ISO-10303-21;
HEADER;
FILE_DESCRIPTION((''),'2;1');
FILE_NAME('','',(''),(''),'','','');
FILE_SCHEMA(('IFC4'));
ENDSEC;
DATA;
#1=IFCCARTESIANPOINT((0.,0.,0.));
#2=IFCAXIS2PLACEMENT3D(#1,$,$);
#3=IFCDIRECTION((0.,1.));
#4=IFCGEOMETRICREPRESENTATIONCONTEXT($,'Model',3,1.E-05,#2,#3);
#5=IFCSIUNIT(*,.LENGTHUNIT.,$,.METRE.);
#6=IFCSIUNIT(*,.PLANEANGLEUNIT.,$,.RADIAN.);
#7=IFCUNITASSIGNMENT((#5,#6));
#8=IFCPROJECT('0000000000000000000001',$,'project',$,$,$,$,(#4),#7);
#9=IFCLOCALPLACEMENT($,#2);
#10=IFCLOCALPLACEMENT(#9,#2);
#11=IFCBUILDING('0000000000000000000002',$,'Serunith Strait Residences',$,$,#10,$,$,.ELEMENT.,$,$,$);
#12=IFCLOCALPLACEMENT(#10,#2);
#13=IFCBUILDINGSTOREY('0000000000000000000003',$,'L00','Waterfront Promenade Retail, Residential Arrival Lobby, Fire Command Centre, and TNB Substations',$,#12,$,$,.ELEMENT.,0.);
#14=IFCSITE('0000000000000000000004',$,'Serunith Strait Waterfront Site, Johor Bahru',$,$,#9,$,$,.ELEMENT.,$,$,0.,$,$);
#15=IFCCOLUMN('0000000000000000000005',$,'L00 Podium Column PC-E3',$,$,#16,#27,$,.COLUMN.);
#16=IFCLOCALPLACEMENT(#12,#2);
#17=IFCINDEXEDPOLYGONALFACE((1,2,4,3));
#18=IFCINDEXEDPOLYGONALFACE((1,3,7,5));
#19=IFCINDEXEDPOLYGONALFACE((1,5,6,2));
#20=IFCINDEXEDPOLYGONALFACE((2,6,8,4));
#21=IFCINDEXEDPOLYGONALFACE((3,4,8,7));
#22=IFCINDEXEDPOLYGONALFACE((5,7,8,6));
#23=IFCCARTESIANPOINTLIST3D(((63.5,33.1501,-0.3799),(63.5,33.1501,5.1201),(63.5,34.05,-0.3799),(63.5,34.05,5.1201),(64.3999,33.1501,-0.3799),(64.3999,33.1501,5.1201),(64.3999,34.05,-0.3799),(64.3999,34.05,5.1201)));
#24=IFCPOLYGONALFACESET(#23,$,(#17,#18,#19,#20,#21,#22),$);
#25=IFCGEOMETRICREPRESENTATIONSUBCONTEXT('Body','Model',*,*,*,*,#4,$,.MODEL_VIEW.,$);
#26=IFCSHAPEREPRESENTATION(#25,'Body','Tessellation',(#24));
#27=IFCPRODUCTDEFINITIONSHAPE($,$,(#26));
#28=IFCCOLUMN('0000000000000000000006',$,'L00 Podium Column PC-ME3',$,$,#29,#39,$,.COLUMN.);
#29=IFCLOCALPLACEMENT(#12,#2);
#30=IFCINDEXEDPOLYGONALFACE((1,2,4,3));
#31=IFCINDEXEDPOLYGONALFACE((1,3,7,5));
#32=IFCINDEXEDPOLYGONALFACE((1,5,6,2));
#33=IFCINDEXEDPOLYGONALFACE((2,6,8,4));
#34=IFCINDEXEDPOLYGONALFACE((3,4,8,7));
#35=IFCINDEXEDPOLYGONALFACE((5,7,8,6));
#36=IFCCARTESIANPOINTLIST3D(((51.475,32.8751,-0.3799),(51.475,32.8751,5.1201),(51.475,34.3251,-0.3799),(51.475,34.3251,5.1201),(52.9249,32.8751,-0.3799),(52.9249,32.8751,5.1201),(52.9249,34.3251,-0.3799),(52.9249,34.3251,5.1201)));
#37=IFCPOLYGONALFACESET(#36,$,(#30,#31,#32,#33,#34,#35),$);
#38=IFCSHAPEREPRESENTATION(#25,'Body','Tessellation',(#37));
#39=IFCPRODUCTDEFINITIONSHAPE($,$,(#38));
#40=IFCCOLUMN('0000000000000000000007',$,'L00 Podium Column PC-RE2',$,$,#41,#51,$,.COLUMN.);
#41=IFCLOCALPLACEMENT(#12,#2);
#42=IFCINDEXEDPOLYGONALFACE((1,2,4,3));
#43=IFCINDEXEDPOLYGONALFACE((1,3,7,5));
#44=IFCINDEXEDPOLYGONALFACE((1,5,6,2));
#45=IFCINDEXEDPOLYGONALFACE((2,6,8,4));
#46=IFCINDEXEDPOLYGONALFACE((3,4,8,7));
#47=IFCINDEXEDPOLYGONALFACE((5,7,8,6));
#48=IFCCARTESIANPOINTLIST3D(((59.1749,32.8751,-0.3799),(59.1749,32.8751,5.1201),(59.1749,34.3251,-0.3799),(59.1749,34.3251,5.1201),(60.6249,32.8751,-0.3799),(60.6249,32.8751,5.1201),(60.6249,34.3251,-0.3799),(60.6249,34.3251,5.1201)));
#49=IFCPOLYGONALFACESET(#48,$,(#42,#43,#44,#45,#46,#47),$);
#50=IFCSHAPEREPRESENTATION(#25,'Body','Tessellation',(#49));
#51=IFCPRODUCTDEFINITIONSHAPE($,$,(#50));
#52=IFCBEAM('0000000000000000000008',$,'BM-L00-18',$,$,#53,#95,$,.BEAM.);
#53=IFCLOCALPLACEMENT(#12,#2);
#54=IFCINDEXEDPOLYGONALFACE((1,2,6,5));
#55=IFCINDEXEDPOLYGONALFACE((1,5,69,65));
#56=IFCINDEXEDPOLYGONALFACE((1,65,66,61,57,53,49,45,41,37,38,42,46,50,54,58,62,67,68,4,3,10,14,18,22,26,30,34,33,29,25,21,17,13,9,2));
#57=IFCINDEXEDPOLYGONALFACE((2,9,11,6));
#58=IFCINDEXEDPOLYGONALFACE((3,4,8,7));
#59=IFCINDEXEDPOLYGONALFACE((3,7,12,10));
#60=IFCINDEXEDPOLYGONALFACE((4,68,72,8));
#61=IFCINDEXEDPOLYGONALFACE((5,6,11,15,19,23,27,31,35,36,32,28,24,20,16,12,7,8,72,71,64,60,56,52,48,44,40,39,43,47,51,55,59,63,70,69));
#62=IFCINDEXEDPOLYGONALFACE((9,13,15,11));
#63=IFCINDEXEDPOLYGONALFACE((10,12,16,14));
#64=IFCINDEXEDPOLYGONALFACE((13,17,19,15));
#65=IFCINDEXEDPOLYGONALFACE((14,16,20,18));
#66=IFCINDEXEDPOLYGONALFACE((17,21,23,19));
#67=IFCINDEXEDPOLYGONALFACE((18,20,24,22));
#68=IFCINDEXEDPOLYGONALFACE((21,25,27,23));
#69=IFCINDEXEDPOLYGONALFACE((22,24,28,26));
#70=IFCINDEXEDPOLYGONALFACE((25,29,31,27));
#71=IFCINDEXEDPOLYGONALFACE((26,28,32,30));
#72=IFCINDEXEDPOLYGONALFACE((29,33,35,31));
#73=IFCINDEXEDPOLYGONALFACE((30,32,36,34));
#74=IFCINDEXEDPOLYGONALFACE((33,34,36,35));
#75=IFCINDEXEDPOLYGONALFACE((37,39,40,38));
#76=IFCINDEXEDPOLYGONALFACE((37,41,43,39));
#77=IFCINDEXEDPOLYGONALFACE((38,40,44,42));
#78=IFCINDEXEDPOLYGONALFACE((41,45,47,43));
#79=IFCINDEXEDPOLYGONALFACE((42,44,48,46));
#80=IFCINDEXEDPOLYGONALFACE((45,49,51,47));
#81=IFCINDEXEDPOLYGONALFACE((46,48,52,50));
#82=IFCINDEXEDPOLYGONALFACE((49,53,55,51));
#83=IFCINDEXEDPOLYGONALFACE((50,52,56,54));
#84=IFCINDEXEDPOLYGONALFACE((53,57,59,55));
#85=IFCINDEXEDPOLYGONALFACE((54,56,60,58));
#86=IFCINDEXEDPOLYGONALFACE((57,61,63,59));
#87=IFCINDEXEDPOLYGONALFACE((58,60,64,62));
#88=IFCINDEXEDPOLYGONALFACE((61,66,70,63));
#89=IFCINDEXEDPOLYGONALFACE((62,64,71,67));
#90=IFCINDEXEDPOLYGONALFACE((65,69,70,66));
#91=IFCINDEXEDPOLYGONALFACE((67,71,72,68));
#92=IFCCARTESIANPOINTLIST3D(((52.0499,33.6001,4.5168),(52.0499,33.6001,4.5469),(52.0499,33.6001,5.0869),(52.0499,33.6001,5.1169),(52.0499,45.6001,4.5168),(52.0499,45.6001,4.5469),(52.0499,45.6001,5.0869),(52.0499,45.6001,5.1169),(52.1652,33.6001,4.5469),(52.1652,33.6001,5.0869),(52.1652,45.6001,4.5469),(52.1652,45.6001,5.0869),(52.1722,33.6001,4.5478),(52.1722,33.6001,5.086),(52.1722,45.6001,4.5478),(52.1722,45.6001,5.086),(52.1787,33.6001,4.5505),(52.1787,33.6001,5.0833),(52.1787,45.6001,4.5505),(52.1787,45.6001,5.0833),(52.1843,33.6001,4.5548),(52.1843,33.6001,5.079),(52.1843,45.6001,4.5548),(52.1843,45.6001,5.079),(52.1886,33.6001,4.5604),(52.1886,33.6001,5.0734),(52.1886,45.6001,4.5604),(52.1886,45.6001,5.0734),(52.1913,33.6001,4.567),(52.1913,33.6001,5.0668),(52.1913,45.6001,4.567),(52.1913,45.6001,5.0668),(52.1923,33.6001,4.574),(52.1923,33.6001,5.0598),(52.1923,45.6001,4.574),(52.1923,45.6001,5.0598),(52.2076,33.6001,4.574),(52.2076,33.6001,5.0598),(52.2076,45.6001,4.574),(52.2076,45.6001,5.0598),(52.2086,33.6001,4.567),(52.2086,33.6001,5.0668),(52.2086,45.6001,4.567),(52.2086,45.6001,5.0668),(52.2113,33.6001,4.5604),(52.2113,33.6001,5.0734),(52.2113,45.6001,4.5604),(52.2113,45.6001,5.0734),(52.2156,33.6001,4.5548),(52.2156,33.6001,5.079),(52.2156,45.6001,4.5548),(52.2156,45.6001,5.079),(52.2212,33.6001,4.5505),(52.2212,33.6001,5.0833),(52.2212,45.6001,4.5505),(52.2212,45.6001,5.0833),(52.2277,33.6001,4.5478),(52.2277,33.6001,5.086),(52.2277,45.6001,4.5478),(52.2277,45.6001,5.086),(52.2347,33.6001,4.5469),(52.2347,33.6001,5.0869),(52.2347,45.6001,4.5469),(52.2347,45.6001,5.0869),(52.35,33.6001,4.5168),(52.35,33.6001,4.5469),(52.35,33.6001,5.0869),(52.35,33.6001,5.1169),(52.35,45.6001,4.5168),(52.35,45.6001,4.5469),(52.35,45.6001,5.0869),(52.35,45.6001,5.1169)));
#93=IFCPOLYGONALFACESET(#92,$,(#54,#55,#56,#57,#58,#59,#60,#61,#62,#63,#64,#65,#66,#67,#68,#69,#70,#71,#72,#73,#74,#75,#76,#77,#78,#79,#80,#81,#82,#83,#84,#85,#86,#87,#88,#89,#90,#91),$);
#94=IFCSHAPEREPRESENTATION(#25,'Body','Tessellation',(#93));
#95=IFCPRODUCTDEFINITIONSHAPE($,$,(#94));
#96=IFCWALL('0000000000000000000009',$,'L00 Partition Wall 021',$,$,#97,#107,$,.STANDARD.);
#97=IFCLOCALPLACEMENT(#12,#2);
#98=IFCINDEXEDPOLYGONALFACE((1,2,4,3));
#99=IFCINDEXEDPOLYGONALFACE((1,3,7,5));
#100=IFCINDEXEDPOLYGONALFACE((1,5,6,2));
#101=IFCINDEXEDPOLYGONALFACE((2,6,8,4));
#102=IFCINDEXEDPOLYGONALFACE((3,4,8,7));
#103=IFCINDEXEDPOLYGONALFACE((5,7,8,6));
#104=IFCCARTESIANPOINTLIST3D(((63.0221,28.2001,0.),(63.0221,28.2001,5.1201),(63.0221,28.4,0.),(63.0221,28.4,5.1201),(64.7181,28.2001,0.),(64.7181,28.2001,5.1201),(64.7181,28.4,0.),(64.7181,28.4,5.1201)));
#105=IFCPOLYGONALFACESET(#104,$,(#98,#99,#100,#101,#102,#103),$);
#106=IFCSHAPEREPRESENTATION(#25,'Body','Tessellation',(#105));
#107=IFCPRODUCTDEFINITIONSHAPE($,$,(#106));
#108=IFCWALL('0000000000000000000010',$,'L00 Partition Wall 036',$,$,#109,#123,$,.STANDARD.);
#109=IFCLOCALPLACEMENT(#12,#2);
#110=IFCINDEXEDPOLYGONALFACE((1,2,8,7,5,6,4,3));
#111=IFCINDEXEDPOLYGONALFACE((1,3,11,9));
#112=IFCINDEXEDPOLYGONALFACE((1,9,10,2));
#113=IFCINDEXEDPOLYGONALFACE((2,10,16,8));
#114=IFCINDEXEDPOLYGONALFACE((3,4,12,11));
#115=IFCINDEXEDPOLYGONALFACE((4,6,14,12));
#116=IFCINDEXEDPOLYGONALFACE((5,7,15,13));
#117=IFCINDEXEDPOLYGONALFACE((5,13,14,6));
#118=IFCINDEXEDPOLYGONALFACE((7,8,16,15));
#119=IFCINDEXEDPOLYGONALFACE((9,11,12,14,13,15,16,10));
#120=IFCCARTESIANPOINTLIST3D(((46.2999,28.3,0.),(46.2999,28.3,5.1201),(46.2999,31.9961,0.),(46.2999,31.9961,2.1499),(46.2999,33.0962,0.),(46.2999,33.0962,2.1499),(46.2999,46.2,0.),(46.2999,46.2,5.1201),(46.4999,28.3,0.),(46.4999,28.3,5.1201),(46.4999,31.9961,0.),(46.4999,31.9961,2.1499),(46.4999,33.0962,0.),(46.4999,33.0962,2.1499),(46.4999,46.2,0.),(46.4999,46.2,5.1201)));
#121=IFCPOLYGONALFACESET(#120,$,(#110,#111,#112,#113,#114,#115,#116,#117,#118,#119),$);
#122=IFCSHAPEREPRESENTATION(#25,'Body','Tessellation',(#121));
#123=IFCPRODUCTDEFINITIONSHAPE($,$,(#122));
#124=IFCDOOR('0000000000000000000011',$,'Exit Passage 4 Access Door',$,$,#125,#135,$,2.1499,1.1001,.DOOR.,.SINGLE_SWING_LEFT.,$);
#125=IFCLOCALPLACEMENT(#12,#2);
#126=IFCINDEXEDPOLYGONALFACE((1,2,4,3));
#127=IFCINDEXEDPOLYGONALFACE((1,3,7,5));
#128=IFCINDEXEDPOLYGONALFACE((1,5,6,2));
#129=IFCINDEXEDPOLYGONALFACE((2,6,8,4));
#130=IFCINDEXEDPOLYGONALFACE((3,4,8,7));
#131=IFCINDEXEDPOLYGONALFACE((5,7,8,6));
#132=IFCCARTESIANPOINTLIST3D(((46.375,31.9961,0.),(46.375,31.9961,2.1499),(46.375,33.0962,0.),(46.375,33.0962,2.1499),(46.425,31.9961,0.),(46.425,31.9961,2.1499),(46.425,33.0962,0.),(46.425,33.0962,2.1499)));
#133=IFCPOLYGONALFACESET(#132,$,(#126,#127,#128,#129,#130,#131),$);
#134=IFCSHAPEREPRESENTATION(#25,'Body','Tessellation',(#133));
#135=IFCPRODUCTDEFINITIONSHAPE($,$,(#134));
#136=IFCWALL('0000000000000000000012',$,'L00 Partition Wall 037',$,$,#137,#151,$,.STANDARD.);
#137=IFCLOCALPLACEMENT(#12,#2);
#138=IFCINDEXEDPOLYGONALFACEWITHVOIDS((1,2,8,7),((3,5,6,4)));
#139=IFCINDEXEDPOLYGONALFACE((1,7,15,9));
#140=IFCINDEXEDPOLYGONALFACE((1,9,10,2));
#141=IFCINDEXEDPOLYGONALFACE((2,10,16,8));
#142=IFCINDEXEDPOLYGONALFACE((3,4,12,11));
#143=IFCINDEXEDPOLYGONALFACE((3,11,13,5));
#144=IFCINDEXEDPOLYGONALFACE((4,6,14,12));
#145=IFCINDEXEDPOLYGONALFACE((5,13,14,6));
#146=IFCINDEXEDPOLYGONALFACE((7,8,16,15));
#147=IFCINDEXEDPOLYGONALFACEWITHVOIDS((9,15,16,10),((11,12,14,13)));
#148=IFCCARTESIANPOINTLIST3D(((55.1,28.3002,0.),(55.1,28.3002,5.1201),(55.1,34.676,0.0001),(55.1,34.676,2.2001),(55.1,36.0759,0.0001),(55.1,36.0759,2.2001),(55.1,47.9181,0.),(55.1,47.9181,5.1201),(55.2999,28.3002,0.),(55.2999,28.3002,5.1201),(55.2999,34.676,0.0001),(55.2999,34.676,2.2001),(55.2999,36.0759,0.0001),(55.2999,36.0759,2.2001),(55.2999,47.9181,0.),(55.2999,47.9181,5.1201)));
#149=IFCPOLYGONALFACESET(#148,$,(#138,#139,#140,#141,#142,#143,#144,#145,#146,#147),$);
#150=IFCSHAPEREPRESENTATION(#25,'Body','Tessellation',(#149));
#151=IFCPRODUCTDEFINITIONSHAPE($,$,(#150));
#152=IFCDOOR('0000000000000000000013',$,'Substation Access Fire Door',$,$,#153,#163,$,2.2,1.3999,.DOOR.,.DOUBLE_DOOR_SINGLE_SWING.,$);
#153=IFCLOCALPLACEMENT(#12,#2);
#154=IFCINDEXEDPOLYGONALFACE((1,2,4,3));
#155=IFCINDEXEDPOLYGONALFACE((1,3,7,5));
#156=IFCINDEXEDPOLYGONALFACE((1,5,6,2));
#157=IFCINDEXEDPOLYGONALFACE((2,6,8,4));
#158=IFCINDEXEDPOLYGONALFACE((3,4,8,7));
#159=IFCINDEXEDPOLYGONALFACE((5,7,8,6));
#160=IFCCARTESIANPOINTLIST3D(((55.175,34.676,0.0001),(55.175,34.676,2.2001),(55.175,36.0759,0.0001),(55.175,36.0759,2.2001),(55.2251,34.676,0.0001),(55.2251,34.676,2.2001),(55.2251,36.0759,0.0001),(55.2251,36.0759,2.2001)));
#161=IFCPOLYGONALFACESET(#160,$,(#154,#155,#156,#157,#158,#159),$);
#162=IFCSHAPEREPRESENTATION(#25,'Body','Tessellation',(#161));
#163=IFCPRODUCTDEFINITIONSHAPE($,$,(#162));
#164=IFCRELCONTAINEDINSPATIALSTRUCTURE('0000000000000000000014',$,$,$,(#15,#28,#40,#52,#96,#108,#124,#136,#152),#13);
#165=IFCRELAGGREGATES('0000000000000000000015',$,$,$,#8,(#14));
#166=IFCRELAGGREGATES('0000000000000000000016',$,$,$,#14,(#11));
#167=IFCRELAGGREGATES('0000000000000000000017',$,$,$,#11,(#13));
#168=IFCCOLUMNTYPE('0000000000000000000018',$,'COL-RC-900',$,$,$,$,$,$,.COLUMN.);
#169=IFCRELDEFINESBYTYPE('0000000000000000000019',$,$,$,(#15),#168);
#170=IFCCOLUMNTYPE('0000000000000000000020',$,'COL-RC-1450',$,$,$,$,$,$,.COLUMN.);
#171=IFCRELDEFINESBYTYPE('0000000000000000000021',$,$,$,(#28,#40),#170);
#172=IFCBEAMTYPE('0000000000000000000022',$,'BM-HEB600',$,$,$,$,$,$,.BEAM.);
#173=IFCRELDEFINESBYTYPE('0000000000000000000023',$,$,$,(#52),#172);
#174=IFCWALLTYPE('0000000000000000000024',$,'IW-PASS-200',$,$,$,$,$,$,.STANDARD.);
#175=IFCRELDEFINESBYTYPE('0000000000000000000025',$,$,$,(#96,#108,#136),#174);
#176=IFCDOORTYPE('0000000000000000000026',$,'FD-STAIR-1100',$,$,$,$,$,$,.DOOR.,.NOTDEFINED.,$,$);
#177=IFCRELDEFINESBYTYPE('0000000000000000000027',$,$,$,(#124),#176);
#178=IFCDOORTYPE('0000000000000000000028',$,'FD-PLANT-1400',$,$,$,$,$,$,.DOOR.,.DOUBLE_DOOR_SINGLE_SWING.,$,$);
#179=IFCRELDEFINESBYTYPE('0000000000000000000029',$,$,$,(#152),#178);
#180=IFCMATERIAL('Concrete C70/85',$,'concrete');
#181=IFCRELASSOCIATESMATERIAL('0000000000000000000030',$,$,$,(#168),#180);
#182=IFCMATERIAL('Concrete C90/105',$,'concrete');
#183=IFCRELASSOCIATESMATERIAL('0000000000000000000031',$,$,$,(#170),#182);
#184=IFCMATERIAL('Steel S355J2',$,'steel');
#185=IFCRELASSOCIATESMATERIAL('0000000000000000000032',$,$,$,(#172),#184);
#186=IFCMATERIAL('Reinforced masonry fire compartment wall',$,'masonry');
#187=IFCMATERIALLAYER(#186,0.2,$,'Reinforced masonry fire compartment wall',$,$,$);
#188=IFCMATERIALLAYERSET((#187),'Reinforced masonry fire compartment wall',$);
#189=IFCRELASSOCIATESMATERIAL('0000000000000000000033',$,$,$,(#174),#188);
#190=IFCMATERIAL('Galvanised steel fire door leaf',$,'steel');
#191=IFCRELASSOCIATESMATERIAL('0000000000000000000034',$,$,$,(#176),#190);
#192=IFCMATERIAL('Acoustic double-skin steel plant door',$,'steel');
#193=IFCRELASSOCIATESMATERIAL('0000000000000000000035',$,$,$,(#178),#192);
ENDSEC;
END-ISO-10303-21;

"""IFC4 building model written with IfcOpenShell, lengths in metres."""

from ifc_helpers import new_model, si_unit, direction, frame, frame_2d, origin, origin_2d, place, context, subcontext, project, spatial, rectangle, i_section, extrude, source, transform, mapped, material, layer, layer_set, material_profile, profile_set, type_object, element, fill, save


model = new_model("IFC4")

# Units and contexts
model_context = context("Model", 3, precision=1e-05, world=origin(), true_north=direction((0.0, 1.0)))
body_context = subcontext(model_context, "Body", "Model", "MODEL_VIEW")
ifc_project = project(units=[si_unit("LENGTHUNIT", "METRE"), si_unit("PLANEANGLEUNIT", "RADIAN")], contexts=[model_context])

# Site, building, storey
site_placement = place(None, origin())
site = spatial("IfcSite", under=ifc_project, at=site_placement, Name="Serunith Strait Waterfront Site, Johor Bahru", CompositionType="ELEMENT", RefElevation=0.0)
building_placement = place(site_placement, origin())
building = spatial("IfcBuilding", under=site, at=building_placement, Name="Serunith Strait Residences", CompositionType="ELEMENT")
storey_placement = place(building_placement, origin())
storey = spatial("IfcBuildingStorey", under=building, at=storey_placement, Name="L00", Description="Waterfront Promenade Retail, Residential Arrival Lobby, Fire Command Centre, and TNB Substations", CompositionType="ELEMENT", Elevation=0.0)

# Columns
ifc_material_1 = material(Name="Concrete C70/85", Category="concrete")
ifc_material_profile_1 = material_profile(ifc_material_1, rectangle(XDim=0.8999, YDim=0.8999, at=origin_2d()), Name="RC 900x900")
ifc_profile_set_1 = profile_set([ifc_material_profile_1], Name="Concrete C70/85")
column_type_1 = type_object("IfcColumnType", Name="COL-RC-900", PredefinedType="COLUMN", material=ifc_profile_set_1)
shared_shape_1 = source(origin(), body_context, "Body", "SweptSolid", [
    extrude(rectangle(XDim=0.8999, YDim=0.8999, at=origin_2d()), origin(), (0.0, 0.0, 1.0), 5.5),
])
column_placement = place(storey_placement, frame((63.95, 33.6001, -0.3799), z_axis=(0.0, 0.0, 1.0), x_axis=(1.0, 0.0, 0.0)))
element("IfcColumn", 1, at=column_placement, inside=storey, type_object=column_type_1, Name="L00 Podium Column PC-E3", PredefinedType="COLUMN", context=body_context, shape_type="MappedRepresentation", body=[
    mapped(shared_shape_1, transform((0.0, 0.0, 0.0), scale=1.0)),
])
ifc_material_2 = material(Name="Concrete C90/105", Category="concrete")
ifc_material_profile_2 = material_profile(ifc_material_2, rectangle(XDim=1.45, YDim=1.45, at=origin_2d()), Name="RC 1450x1450")
ifc_profile_set_2 = profile_set([ifc_material_profile_2], Name="Concrete C90/105")
column_type_2 = type_object("IfcColumnType", Name="COL-RC-1450", PredefinedType="COLUMN", material=ifc_profile_set_2)
shared_shape_2 = source(origin(), body_context, "Body", "SweptSolid", [
    extrude(rectangle(XDim=1.45, YDim=1.45, at=origin_2d()), origin(), (0.0, 0.0, 1.0), 5.5),
])
for number, where, z_axis, x_axis, name in (
    (2, (52.2, 33.6001, -0.3799), (0.0, 0.0, 1.0), (1.0, 0.0, 0.0), "L00 Podium Column PC-ME3"),
    (3, (59.8999, 33.6001, -0.3799), (0.0, 0.0, 1.0), (1.0, 0.0, 0.0), "L00 Podium Column PC-RE2"),
):
    element("IfcColumn", number, at=place(storey_placement, frame(where, z_axis=z_axis, x_axis=x_axis)), inside=storey, type_object=column_type_2, Name=name, PredefinedType="COLUMN", context=body_context, shape_type="MappedRepresentation", body=[
        mapped(shared_shape_2, transform((0.0, 0.0, 0.0), scale=1.0)),
    ])

# Beam
ifc_material_3 = material(Name="Steel S355J2", Category="steel")
ifc_material_profile_3 = material_profile(ifc_material_3, i_section(OverallWidth=0.3, OverallDepth=0.6001, WebThickness=0.0154, FlangeThickness=0.03, FilletRadius=0.0271, at=origin_2d()), Name="HEB 600")
ifc_profile_set_3 = profile_set([ifc_material_profile_3], Name="Steel S355J2")
beam_type = type_object("IfcBeamType", Name="BM-HEB600", PredefinedType="BEAM", material=ifc_profile_set_3)
shared_shape_3 = source(origin(), body_context, "Body", "SweptSolid", [
    extrude(i_section(OverallWidth=0.3, OverallDepth=0.6001, WebThickness=0.0154, FlangeThickness=0.03, FilletRadius=0.0271, at=origin_2d()), origin(), (0.0, 0.0, 1.0), 12.0),
])
beam_placement = place(storey_placement, frame((52.2, 33.6001, 4.8169), z_axis=(0.0, 1.0, 0.0), x_axis=(-1.0, 0.0, 0.0)))
element("IfcBeam", 4, at=beam_placement, inside=storey, type_object=beam_type, Name="BM-L00-18", PredefinedType="BEAM", context=body_context, shape_type="MappedRepresentation", body=[
    mapped(shared_shape_3, transform((0.0, 0.0, 0.0), scale=1.0)),
])

# Wall
ifc_material_4 = material(Name="Reinforced masonry fire compartment wall", Category="masonry")
ifc_layer_1 = layer(ifc_material_4, 0.2, Name="Reinforced masonry fire compartment wall")
ifc_layer_set_1 = layer_set([ifc_layer_1], Name="Reinforced masonry fire compartment wall")
wall_type_1 = type_object("IfcWallType", Name="IW-PASS-200", PredefinedType="STANDARD", material=ifc_layer_set_1)
wall_1_placement = place(storey_placement, frame((63.022, 28.3, 0.0), z_axis=(0.0, 0.0, 1.0), x_axis=(1.0, 0.0, 0.0)))
element("IfcWall", 5, at=wall_1_placement, inside=storey, type_object=wall_type_1, Name="L00 Partition Wall 021", PredefinedType="STANDARD", context=body_context, shape_type="SweptSolid", body=[
    extrude(rectangle(XDim=1.696, YDim=0.2, at=frame_2d((0.8481, 0.0))), origin(), (0.0, 0.0, 1.0), 5.1201),
])

# Walls, openings, doors
wall_2_placement = place(storey_placement, frame((46.3999, 28.3, 0.0), z_axis=(0.0, 0.0, 1.0), x_axis=(0.0, 1.0, 0.0)))
wall_2 = element("IfcWall", 6, at=wall_2_placement, inside=storey, type_object=wall_type_1, Name="L00 Partition Wall 036", PredefinedType="STANDARD", context=body_context, shape_type="SweptSolid", body=[
    extrude(rectangle(XDim=17.8999, YDim=0.2, at=frame_2d((8.95, 0.0))), origin(), (0.0, 0.0, 1.0), 5.1201),
])
opening_1_placement = place(wall_2_placement, frame((3.696, 0.0, 0.0)))
opening_1 = element("IfcOpeningElement", 7, at=opening_1_placement, cuts=wall_2, PredefinedType="OPENING", context=body_context, shape_type="SweptSolid", body=[
    extrude(rectangle(XDim=1.1001, YDim=2.1499, at=frame_2d((0.55, 1.075))), frame((0.0, 0.1099, 0.0), z_axis=(0.0, -1.0, 0.0), x_axis=(1.0, 0.0, 0.0)), (0.0, 0.0, 1.0), 0.22),
])
ifc_material_5 = material(Name="Galvanised steel fire door leaf", Category="steel")
door_type_1 = type_object("IfcDoorType", Name="FD-STAIR-1100", OperationType="NOTDEFINED", PredefinedType="DOOR", material=ifc_material_5)
shared_shape_4 = source(origin(), body_context, "Body", "SweptSolid", [
    extrude(rectangle(XDim=1.1001, YDim=2.1499, at=frame_2d((0.55, 1.075))), frame((0.0, 0.0249, 0.0), z_axis=(0.0, -1.0, 0.0), x_axis=(1.0, 0.0, 0.0)), (0.0, 0.0, 1.0), 0.05),
])
door_1_placement = place(opening_1_placement, origin())
door_1 = element("IfcDoor", 8, at=door_1_placement, inside=storey, type_object=door_type_1, Name="Exit Passage 4 Access Door", OperationType="SINGLE_SWING_LEFT", OverallHeight=2.1499, OverallWidth=1.1001, PredefinedType="DOOR", context=body_context, shape_type="MappedRepresentation", body=[
    mapped(shared_shape_4, transform((0.0, 0.0, 0.0), scale=1.0)),
])
fill(opening_1, door_1)
wall_3_placement = place(storey_placement, frame((55.2, 28.3, 0.0), z_axis=(0.0, 0.0, 1.0), x_axis=(0.0, 1.0, 0.0)))
wall_3 = element("IfcWall", 9, at=wall_3_placement, inside=storey, type_object=wall_type_1, Name="L00 Partition Wall 037", PredefinedType="STANDARD", context=body_context, shape_type="SweptSolid", body=[
    extrude(rectangle(XDim=19.6179, YDim=0.2, at=frame_2d((9.8091, 0.0))), origin(), (0.0, 0.0, 1.0), 5.1201),
])
opening_2_placement = place(wall_3_placement, frame((6.376, 0.0, 0.0)))
opening_2 = element("IfcOpeningElement", 10, at=opening_2_placement, cuts=wall_3, PredefinedType="OPENING", context=body_context, shape_type="SweptSolid", body=[
    extrude(rectangle(XDim=1.3999, YDim=2.2, at=frame_2d((0.7, 1.1001))), frame((0.0, 0.1099, 0.0), z_axis=(0.0, -1.0, 0.0), x_axis=(1.0, 0.0, 0.0)), (0.0, 0.0, 1.0), 0.22),
])
ifc_material_6 = material(Name="Acoustic double-skin steel plant door", Category="steel")
door_type_2 = type_object("IfcDoorType", Name="FD-PLANT-1400", OperationType="DOUBLE_DOOR_SINGLE_SWING", PredefinedType="DOOR", material=ifc_material_6)
shared_shape_5 = source(origin(), body_context, "Body", "SweptSolid", [
    extrude(rectangle(XDim=1.3999, YDim=2.2, at=frame_2d((0.7, 1.1001))), frame((0.0, 0.0249, 0.0), z_axis=(0.0, -1.0, 0.0), x_axis=(1.0, 0.0, 0.0)), (0.0, 0.0, 1.0), 0.05),
])
door_2_placement = place(opening_2_placement, origin())
door_2 = element("IfcDoor", 11, at=door_2_placement, inside=storey, type_object=door_type_2, Name="Substation Access Fire Door", OperationType="DOUBLE_DOOR_SINGLE_SWING", OverallHeight=2.2, OverallWidth=1.3999, PredefinedType="DOOR", context=body_context, shape_type="MappedRepresentation", body=[
    mapped(shared_shape_5, transform((0.0, 0.0, 0.0), scale=1.0)),
])
fill(opening_2, door_2)

save(model, "model.ifc")
